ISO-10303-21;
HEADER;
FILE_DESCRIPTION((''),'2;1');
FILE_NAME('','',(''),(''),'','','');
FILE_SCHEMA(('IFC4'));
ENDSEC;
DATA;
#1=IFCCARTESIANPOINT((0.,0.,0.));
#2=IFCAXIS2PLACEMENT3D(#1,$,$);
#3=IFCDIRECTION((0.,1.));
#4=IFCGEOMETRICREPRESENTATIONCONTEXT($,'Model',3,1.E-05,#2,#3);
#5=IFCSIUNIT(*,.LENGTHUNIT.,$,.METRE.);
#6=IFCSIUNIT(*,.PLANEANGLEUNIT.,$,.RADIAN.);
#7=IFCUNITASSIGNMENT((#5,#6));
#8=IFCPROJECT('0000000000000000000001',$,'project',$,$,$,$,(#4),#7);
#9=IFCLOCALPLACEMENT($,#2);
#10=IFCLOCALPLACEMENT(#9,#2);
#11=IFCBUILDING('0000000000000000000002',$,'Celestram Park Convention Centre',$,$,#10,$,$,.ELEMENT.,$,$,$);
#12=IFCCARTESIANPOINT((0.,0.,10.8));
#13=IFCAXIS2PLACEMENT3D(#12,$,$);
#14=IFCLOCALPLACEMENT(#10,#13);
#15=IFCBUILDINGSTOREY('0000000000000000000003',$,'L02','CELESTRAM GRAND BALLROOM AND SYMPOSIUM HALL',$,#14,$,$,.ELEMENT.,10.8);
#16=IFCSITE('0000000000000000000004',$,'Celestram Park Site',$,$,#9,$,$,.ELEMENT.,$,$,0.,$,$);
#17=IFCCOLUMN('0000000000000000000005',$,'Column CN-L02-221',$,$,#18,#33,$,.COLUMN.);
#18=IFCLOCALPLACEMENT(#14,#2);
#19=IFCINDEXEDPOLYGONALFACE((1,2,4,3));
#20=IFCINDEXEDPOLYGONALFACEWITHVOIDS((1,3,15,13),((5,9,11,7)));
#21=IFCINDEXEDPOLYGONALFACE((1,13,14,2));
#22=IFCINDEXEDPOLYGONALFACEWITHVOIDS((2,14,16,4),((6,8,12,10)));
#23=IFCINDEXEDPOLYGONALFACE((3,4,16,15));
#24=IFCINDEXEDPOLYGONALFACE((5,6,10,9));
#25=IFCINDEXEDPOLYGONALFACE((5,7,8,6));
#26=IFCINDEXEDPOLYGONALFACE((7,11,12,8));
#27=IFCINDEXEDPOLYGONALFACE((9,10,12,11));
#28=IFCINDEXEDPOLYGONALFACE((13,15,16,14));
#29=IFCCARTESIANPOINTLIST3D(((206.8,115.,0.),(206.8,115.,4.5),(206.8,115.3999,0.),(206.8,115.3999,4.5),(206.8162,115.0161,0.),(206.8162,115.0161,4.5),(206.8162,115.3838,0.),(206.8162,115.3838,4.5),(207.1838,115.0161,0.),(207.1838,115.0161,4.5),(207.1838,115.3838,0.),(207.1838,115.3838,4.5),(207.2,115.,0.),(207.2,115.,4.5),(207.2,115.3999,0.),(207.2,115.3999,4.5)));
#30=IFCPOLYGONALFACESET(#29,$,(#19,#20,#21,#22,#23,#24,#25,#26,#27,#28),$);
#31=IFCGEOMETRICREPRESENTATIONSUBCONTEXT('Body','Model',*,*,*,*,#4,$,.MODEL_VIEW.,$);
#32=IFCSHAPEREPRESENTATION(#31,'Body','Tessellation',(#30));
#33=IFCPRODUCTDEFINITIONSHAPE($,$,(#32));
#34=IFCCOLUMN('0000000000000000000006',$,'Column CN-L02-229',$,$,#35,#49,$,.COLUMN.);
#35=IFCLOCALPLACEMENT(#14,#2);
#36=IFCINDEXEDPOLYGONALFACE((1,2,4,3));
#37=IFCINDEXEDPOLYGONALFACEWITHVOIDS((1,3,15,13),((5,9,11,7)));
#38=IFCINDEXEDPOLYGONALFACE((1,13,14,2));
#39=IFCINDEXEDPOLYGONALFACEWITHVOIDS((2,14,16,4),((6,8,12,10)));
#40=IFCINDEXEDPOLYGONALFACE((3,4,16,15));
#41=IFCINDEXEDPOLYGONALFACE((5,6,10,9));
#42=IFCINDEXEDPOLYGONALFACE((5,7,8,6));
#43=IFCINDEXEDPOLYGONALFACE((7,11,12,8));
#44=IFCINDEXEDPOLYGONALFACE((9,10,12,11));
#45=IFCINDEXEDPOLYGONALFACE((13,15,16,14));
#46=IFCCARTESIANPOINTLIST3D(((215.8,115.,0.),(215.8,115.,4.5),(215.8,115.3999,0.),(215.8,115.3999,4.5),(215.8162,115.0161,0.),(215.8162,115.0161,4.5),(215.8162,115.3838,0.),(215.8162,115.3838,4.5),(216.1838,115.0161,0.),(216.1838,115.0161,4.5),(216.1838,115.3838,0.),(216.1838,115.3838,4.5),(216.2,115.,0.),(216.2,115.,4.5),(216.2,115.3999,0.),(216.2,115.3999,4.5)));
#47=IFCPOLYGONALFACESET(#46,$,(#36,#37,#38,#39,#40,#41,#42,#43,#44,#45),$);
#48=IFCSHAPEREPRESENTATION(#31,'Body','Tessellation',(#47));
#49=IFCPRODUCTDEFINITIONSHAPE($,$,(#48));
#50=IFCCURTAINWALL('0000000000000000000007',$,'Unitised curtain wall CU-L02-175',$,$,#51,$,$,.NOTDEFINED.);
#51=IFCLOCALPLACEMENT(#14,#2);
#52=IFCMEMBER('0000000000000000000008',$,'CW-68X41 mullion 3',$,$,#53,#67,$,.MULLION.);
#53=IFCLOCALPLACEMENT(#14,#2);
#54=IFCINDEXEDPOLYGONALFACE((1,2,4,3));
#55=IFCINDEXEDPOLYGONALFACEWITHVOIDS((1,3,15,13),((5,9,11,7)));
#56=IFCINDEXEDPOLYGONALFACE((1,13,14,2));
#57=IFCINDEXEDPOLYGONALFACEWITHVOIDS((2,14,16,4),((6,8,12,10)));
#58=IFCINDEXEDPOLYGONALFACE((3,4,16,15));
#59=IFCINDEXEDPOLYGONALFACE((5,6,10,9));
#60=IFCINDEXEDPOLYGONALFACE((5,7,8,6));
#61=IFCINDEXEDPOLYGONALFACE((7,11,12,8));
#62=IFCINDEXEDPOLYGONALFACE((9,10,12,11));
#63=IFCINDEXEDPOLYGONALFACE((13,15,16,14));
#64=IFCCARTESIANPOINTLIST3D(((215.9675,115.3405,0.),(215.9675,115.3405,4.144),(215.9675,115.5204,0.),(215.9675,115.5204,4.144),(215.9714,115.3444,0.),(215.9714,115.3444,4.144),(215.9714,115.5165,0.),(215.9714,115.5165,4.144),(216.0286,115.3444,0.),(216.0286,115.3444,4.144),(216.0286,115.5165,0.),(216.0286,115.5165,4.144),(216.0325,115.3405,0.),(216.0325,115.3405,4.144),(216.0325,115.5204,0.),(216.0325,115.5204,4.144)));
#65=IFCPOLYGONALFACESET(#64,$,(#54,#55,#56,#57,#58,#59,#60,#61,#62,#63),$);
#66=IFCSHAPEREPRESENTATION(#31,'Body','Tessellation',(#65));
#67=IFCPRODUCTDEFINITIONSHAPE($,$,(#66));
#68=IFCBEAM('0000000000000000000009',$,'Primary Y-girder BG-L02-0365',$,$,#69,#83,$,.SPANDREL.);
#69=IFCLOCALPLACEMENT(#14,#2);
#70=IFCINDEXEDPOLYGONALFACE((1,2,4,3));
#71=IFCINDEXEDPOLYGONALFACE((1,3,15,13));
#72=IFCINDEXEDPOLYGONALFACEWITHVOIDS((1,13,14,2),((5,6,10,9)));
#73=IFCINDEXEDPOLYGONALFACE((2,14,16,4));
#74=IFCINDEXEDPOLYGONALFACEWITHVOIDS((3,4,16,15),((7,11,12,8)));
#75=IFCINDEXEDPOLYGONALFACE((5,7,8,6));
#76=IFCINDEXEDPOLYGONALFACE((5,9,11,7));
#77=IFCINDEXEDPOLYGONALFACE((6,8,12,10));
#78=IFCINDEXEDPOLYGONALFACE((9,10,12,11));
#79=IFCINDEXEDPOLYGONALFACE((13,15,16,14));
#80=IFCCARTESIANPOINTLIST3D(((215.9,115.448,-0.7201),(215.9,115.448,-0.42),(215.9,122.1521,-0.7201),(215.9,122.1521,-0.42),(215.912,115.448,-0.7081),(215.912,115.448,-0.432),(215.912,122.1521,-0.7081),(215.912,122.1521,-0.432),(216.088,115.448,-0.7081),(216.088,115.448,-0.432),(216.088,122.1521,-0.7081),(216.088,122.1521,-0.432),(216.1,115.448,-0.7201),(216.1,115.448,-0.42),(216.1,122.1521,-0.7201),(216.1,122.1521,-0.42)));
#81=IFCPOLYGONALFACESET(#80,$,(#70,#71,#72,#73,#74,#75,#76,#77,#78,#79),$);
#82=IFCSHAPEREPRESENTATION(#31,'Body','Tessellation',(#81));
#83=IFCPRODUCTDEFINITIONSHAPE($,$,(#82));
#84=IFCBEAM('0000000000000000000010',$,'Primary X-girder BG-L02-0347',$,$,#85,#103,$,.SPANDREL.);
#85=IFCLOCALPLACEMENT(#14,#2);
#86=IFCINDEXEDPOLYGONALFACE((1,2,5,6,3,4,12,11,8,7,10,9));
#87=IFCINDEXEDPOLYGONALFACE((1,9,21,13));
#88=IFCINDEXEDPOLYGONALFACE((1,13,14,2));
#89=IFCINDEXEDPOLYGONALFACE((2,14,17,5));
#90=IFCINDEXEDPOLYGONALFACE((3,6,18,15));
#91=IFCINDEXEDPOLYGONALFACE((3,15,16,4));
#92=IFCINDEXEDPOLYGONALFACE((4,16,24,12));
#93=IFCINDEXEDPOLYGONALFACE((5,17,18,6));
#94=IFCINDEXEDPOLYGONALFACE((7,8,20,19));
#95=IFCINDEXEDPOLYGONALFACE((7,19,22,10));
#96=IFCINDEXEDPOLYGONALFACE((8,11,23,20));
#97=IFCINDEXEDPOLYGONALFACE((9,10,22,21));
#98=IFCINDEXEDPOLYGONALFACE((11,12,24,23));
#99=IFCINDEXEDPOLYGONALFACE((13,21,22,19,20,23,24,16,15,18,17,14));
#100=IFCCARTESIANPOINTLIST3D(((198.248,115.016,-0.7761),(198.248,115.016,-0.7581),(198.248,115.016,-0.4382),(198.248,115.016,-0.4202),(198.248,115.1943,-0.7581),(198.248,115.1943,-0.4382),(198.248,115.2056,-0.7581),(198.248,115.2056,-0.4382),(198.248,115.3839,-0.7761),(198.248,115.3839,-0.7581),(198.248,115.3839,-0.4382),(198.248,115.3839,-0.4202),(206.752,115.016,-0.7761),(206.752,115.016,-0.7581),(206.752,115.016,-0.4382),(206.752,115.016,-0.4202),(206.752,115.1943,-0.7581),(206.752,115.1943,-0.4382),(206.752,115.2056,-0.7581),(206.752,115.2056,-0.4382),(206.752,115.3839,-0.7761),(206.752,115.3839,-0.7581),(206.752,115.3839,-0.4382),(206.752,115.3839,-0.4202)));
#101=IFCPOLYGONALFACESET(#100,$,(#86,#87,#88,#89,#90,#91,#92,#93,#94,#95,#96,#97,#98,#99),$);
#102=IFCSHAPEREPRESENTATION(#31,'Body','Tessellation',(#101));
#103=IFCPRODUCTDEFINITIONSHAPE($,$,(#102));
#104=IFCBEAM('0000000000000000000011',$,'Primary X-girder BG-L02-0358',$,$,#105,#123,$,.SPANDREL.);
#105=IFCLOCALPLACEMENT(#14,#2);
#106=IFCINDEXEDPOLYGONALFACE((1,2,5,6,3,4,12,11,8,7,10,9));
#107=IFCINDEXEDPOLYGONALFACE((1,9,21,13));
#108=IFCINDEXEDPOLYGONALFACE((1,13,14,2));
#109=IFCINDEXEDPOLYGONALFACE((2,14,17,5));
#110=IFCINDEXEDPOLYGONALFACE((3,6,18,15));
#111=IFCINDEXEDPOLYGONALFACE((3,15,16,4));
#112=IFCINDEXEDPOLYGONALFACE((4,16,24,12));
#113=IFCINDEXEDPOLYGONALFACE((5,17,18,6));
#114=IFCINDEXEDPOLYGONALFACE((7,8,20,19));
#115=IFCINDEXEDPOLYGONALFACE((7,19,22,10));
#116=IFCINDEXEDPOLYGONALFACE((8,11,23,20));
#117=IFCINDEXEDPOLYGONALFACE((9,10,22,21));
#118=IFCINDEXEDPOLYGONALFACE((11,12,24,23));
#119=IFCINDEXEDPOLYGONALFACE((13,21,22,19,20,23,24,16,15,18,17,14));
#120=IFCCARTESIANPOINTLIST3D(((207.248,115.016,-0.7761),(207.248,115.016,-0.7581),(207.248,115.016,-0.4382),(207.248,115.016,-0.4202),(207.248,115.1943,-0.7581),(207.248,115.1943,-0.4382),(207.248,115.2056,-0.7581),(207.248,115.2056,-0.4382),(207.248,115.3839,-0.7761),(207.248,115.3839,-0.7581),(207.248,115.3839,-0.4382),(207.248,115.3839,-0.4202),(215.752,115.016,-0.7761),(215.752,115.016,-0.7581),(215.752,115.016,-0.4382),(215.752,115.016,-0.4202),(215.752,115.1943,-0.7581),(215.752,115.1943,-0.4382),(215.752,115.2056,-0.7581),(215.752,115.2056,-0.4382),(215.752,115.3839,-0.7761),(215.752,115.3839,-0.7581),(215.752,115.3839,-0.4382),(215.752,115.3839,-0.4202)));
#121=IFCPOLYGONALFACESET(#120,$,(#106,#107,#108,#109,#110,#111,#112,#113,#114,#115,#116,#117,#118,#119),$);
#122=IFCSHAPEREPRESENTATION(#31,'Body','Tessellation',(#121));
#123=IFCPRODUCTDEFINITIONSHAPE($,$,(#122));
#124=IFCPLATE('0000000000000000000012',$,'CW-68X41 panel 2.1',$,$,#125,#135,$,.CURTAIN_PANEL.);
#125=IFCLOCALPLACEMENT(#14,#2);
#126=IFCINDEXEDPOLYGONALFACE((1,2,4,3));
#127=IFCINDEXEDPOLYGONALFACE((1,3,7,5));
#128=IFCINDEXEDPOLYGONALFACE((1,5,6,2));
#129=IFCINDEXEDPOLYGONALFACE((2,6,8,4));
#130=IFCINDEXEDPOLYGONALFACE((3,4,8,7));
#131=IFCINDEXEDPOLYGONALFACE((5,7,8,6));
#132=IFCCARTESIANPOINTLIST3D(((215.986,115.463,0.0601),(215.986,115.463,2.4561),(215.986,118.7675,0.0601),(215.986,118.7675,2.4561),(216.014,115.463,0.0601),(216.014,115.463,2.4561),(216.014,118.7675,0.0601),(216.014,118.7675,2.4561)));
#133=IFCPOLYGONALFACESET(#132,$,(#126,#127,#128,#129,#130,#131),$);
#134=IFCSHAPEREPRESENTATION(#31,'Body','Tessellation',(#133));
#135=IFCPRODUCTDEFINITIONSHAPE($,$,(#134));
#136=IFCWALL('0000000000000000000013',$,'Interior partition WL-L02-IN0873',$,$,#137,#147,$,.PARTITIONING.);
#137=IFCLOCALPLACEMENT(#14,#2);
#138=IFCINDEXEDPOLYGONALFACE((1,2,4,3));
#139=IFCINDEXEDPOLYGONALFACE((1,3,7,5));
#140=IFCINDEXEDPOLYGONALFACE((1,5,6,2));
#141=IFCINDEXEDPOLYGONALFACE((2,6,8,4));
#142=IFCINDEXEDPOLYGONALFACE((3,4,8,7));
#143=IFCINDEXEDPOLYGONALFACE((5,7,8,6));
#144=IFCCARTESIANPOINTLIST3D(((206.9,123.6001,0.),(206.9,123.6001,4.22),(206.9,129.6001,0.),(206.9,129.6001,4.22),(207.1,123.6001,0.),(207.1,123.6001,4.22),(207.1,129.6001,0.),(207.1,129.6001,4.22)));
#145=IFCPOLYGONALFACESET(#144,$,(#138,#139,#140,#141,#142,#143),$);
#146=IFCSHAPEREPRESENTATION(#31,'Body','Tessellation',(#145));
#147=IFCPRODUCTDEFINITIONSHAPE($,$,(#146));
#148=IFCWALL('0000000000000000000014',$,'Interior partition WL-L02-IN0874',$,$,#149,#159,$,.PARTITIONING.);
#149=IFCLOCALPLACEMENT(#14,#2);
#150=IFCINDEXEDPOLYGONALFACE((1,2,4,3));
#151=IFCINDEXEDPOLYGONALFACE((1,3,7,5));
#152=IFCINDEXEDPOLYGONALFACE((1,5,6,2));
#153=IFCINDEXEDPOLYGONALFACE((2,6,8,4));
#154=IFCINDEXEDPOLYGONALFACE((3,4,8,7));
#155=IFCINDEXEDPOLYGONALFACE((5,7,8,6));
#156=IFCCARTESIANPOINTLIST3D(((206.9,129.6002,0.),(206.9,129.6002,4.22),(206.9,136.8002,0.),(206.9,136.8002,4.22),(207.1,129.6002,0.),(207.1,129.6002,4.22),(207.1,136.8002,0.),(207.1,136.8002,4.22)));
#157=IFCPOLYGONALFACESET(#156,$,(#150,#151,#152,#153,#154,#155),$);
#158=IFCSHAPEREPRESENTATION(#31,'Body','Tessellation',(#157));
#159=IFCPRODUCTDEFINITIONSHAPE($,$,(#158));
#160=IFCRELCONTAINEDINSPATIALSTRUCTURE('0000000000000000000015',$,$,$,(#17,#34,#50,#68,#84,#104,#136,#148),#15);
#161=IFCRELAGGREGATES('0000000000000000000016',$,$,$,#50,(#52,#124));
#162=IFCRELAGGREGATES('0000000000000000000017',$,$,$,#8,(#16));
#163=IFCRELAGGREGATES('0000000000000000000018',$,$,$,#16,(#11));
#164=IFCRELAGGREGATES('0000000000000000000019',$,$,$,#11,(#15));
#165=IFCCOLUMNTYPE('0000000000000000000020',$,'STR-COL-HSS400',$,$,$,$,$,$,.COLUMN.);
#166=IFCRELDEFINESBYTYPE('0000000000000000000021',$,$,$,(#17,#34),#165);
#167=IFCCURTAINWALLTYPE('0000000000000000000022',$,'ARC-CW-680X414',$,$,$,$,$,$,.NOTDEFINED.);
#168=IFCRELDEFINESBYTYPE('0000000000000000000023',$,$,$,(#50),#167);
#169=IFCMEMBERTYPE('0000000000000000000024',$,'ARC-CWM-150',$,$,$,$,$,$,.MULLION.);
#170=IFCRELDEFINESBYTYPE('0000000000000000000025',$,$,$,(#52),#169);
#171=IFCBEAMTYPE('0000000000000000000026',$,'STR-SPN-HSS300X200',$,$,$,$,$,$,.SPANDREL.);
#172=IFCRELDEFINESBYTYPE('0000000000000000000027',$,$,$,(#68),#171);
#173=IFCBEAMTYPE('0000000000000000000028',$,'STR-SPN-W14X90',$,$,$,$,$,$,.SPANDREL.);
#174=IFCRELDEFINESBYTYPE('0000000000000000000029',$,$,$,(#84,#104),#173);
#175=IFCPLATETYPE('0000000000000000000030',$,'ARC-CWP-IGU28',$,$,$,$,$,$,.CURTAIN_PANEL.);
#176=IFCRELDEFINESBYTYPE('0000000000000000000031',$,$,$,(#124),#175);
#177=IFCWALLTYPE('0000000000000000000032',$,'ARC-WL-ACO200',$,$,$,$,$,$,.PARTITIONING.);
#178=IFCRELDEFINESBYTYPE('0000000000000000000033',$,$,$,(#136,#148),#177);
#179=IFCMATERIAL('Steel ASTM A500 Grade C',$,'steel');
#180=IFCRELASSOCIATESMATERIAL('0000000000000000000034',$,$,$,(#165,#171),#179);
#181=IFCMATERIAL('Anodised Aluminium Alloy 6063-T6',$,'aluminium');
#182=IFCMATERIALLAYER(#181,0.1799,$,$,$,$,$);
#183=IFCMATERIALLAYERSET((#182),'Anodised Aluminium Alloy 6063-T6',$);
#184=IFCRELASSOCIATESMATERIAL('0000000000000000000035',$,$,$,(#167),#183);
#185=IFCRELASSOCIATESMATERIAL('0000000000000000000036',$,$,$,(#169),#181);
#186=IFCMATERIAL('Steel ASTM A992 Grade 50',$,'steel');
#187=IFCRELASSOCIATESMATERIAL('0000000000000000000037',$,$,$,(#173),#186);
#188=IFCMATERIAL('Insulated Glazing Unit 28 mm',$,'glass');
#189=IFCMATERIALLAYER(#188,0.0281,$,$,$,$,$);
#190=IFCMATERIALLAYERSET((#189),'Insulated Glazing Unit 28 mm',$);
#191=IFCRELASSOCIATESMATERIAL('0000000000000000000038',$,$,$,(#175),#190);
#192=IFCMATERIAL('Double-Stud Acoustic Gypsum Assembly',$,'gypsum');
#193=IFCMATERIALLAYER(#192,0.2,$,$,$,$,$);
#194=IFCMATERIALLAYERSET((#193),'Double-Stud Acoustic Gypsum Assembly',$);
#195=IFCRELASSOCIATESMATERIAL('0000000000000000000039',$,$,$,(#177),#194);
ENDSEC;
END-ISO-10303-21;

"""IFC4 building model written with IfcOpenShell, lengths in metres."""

from ifc_helpers import new_model, si_unit, direction, frame, frame_2d, origin, origin_2d, place, context, subcontext, project, spatial, rectangle, hollow_rectangle, i_section, extrude, material, layer, layer_set, material_profile, profile_set, type_object, element, aggregate, save


model = new_model("IFC4")

# Units and contexts
model_context = context("Model", 3, precision=1e-05, world=origin(), true_north=direction((0.0, 1.0)))
body_context = subcontext(model_context, "Body", "Model", "MODEL_VIEW")
ifc_project = project(units=[si_unit("LENGTHUNIT", "METRE"), si_unit("PLANEANGLEUNIT", "RADIAN")], contexts=[model_context])

# Site, building, storey
site_placement = place(None, origin())
site = spatial("IfcSite", under=ifc_project, at=site_placement, Name="Celestram Park Site", CompositionType="ELEMENT", RefElevation=0.0)
building_placement = place(site_placement, origin())
building = spatial("IfcBuilding", under=site, at=building_placement, Name="Celestram Park Convention Centre", CompositionType="ELEMENT")
storey_placement = place(building_placement, frame((0.0, 0.0, 10.8)))
storey = spatial("IfcBuildingStorey", under=building, at=storey_placement, Name="L02", Description="CELESTRAM GRAND BALLROOM AND SYMPOSIUM HALL", CompositionType="ELEMENT", Elevation=10.8)

# Columns
ifc_material_1 = material(Name="Steel ASTM A500 Grade C", Category="steel")
ifc_material_profile_1 = material_profile(ifc_material_1, hollow_rectangle(XDim=0.3999, YDim=0.3999, WallThickness=0.0161, at=origin_2d()), Name="HSS400X400X16")
ifc_profile_set_1 = profile_set([ifc_material_profile_1], Name="Steel ASTM A500 Grade C")
column_type = type_object("IfcColumnType", Name="STR-COL-HSS400", PredefinedType="COLUMN", material=ifc_profile_set_1)
for number, where, z_axis, x_axis, name in (
    (1, (207.0, 115.2, 0.0), (0.0, 0.0, 1.0), (1.0, 0.0, 0.0), "Column CN-L02-221"),
    (2, (216.0, 115.2, 0.0), (0.0, 0.0, 1.0), (1.0, 0.0, 0.0), "Column CN-L02-229"),
):
    element("IfcColumn", number, at=place(storey_placement, frame(where, z_axis=z_axis, x_axis=x_axis)), inside=storey, type_object=column_type, Name=name, PredefinedType="COLUMN", context=body_context, shape_type="SweptSolid", body=[
        extrude(hollow_rectangle(XDim=0.3999, YDim=0.3999, WallThickness=0.0161, at=origin_2d()), origin(), (0.0, 0.0, 1.0), 4.5),
    ])

# Curtain wall, member
ifc_material_2 = material(Name="Anodised Aluminium Alloy 6063-T6", Category="aluminium")
ifc_layer_1 = layer(ifc_material_2, 0.1799)
ifc_layer_set_1 = layer_set([ifc_layer_1], Name="Anodised Aluminium Alloy 6063-T6")
curtain_wall_type = type_object("IfcCurtainWallType", Name="ARC-CW-680X414", PredefinedType="NOTDEFINED", material=ifc_layer_set_1)
curtain_wall_placement = place(storey_placement, origin())
curtain_wall = element("IfcCurtainWall", 3, at=curtain_wall_placement, inside=storey, type_object=curtain_wall_type, Name="Unitised curtain wall CU-L02-175", PredefinedType="NOTDEFINED")
ifc_material_profile_2 = material_profile(ifc_material_2, hollow_rectangle(XDim=0.0649, YDim=0.1799, WallThickness=0.0039, at=origin_2d()), Name="ALU65X180X4")
ifc_profile_set_2 = profile_set([ifc_material_profile_2], Name="Anodised Aluminium Alloy 6063-T6")
member_type = type_object("IfcMemberType", Name="ARC-CWM-150", PredefinedType="MULLION", material=ifc_profile_set_2)
member_placement = place(storey_placement, frame((216.0, 115.4304, 0.0), z_axis=(0.0, 0.0, 1.0), x_axis=(1.0, 0.0, 0.0)))
member = element("IfcMember", 4, at=member_placement, type_object=member_type, Name="CW-68X41 mullion 3", PredefinedType="MULLION", context=body_context, shape_type="SweptSolid", body=[
    extrude(hollow_rectangle(XDim=0.0649, YDim=0.1799, WallThickness=0.0039, at=origin_2d()), origin(), (0.0, 0.0, 1.0), 4.144),
])

# Beams
ifc_material_profile_3 = material_profile(ifc_material_1, hollow_rectangle(XDim=0.2, YDim=0.3, WallThickness=0.012, at=origin_2d()), Name="HSS300X200X12")
ifc_profile_set_3 = profile_set([ifc_material_profile_3], Name="Steel ASTM A500 Grade C")
beam_type_1 = type_object("IfcBeamType", Name="STR-SPN-HSS300X200", PredefinedType="SPANDREL", material=ifc_profile_set_3)
beam_placement = place(storey_placement, frame((216.0, 115.448, -0.5701), z_axis=(0.0, 1.0, 0.0), x_axis=(-1.0, 0.0, 0.0)))
element("IfcBeam", 5, at=beam_placement, inside=storey, type_object=beam_type_1, Name="Primary Y-girder BG-L02-0365", PredefinedType="SPANDREL", context=body_context, shape_type="SweptSolid", body=[
    extrude(hollow_rectangle(XDim=0.2, YDim=0.3, WallThickness=0.012, at=origin_2d()), origin(), (0.0, 0.0, 1.0), 6.7041),
])
ifc_material_3 = material(Name="Steel ASTM A992 Grade 50", Category="steel")
ifc_material_profile_4 = material_profile(ifc_material_3, i_section(OverallWidth=0.3679, OverallDepth=0.356, WebThickness=0.0112, FlangeThickness=0.0181, at=origin_2d()), Name="W14X90")
ifc_profile_set_4 = profile_set([ifc_material_profile_4], Name="Steel ASTM A992 Grade 50")
beam_type_2 = type_object("IfcBeamType", Name="STR-SPN-W14X90", PredefinedType="SPANDREL", material=ifc_profile_set_4)
for number, where, z_axis, x_axis, name in (
    (6, (198.248, 115.2, -0.5981), (1.0, 0.0, 0.0), (0.0, 1.0, 0.0), "Primary X-girder BG-L02-0347"),
    (7, (207.248, 115.2, -0.5981), (1.0, 0.0, 0.0), (0.0, 1.0, 0.0), "Primary X-girder BG-L02-0358"),
):
    element("IfcBeam", number, at=place(storey_placement, frame(where, z_axis=z_axis, x_axis=x_axis)), inside=storey, type_object=beam_type_2, Name=name, PredefinedType="SPANDREL", context=body_context, shape_type="SweptSolid", body=[
        extrude(i_section(OverallWidth=0.3679, OverallDepth=0.356, WebThickness=0.0112, FlangeThickness=0.0181, at=origin_2d()), origin(), (0.0, 0.0, 1.0), 8.5039),
    ])

# Plate
ifc_material_4 = material(Name="Insulated Glazing Unit 28 mm", Category="glass")
ifc_layer_2 = layer(ifc_material_4, 0.0281)
ifc_layer_set_2 = layer_set([ifc_layer_2], Name="Insulated Glazing Unit 28 mm")
plate_type = type_object("IfcPlateType", Name="ARC-CWP-IGU28", PredefinedType="CURTAIN_PANEL", material=ifc_layer_set_2)
plate_placement = place(storey_placement, frame((216.0, 117.1152, 0.0601), z_axis=(0.0, 0.0, 1.0), x_axis=(0.0, -1.0, 0.0)))
plate = element("IfcPlate", 8, at=plate_placement, type_object=plate_type, Name="CW-68X41 panel 2.1", PredefinedType="CURTAIN_PANEL", context=body_context, shape_type="SweptSolid", body=[
    extrude(rectangle(XDim=3.3044, YDim=0.0281, at=origin_2d()), origin(), (0.0, 0.0, 1.0), 2.396),
])
aggregate(curtain_wall, [member, plate])

# Walls
ifc_material_5 = material(Name="Double-Stud Acoustic Gypsum Assembly", Category="gypsum")
ifc_layer_3 = layer(ifc_material_5, 0.2)
ifc_layer_set_3 = layer_set([ifc_layer_3], Name="Double-Stud Acoustic Gypsum Assembly")
wall_type_1 = type_object("IfcWallType", Name="ARC-WL-ACO200", PredefinedType="PARTITIONING", material=ifc_layer_set_3)
wall_1_placement = place(storey_placement, frame((207.0, 123.6001, 0.0), z_axis=(0.0, 0.0, 1.0), x_axis=(0.0, 1.0, 0.0)))
element("IfcWall", 9, at=wall_1_placement, inside=storey, type_object=wall_type_1, Name="Interior partition WL-L02-IN0873", PredefinedType="PARTITIONING", context=body_context, shape_type="SweptSolid", body=[
    extrude(rectangle(XDim=6.0, YDim=0.2, at=frame_2d((3.0, 0.0))), origin(), (0.0, 0.0, 1.0), 4.22),
])
wall_2_placement = place(storey_placement, frame((207.0, 129.6001, 0.0), z_axis=(0.0, 0.0, 1.0), x_axis=(0.0, 1.0, 0.0)))
element("IfcWall", 10, at=wall_2_placement, inside=storey, type_object=wall_type_1, Name="Interior partition WL-L02-IN0874", PredefinedType="PARTITIONING", context=body_context, shape_type="SweptSolid", body=[
    extrude(rectangle(XDim=7.2, YDim=0.2, at=frame_2d((3.6001, 0.0))), origin(), (0.0, 0.0, 1.0), 4.22),
])

save(model, "model.ifc")
